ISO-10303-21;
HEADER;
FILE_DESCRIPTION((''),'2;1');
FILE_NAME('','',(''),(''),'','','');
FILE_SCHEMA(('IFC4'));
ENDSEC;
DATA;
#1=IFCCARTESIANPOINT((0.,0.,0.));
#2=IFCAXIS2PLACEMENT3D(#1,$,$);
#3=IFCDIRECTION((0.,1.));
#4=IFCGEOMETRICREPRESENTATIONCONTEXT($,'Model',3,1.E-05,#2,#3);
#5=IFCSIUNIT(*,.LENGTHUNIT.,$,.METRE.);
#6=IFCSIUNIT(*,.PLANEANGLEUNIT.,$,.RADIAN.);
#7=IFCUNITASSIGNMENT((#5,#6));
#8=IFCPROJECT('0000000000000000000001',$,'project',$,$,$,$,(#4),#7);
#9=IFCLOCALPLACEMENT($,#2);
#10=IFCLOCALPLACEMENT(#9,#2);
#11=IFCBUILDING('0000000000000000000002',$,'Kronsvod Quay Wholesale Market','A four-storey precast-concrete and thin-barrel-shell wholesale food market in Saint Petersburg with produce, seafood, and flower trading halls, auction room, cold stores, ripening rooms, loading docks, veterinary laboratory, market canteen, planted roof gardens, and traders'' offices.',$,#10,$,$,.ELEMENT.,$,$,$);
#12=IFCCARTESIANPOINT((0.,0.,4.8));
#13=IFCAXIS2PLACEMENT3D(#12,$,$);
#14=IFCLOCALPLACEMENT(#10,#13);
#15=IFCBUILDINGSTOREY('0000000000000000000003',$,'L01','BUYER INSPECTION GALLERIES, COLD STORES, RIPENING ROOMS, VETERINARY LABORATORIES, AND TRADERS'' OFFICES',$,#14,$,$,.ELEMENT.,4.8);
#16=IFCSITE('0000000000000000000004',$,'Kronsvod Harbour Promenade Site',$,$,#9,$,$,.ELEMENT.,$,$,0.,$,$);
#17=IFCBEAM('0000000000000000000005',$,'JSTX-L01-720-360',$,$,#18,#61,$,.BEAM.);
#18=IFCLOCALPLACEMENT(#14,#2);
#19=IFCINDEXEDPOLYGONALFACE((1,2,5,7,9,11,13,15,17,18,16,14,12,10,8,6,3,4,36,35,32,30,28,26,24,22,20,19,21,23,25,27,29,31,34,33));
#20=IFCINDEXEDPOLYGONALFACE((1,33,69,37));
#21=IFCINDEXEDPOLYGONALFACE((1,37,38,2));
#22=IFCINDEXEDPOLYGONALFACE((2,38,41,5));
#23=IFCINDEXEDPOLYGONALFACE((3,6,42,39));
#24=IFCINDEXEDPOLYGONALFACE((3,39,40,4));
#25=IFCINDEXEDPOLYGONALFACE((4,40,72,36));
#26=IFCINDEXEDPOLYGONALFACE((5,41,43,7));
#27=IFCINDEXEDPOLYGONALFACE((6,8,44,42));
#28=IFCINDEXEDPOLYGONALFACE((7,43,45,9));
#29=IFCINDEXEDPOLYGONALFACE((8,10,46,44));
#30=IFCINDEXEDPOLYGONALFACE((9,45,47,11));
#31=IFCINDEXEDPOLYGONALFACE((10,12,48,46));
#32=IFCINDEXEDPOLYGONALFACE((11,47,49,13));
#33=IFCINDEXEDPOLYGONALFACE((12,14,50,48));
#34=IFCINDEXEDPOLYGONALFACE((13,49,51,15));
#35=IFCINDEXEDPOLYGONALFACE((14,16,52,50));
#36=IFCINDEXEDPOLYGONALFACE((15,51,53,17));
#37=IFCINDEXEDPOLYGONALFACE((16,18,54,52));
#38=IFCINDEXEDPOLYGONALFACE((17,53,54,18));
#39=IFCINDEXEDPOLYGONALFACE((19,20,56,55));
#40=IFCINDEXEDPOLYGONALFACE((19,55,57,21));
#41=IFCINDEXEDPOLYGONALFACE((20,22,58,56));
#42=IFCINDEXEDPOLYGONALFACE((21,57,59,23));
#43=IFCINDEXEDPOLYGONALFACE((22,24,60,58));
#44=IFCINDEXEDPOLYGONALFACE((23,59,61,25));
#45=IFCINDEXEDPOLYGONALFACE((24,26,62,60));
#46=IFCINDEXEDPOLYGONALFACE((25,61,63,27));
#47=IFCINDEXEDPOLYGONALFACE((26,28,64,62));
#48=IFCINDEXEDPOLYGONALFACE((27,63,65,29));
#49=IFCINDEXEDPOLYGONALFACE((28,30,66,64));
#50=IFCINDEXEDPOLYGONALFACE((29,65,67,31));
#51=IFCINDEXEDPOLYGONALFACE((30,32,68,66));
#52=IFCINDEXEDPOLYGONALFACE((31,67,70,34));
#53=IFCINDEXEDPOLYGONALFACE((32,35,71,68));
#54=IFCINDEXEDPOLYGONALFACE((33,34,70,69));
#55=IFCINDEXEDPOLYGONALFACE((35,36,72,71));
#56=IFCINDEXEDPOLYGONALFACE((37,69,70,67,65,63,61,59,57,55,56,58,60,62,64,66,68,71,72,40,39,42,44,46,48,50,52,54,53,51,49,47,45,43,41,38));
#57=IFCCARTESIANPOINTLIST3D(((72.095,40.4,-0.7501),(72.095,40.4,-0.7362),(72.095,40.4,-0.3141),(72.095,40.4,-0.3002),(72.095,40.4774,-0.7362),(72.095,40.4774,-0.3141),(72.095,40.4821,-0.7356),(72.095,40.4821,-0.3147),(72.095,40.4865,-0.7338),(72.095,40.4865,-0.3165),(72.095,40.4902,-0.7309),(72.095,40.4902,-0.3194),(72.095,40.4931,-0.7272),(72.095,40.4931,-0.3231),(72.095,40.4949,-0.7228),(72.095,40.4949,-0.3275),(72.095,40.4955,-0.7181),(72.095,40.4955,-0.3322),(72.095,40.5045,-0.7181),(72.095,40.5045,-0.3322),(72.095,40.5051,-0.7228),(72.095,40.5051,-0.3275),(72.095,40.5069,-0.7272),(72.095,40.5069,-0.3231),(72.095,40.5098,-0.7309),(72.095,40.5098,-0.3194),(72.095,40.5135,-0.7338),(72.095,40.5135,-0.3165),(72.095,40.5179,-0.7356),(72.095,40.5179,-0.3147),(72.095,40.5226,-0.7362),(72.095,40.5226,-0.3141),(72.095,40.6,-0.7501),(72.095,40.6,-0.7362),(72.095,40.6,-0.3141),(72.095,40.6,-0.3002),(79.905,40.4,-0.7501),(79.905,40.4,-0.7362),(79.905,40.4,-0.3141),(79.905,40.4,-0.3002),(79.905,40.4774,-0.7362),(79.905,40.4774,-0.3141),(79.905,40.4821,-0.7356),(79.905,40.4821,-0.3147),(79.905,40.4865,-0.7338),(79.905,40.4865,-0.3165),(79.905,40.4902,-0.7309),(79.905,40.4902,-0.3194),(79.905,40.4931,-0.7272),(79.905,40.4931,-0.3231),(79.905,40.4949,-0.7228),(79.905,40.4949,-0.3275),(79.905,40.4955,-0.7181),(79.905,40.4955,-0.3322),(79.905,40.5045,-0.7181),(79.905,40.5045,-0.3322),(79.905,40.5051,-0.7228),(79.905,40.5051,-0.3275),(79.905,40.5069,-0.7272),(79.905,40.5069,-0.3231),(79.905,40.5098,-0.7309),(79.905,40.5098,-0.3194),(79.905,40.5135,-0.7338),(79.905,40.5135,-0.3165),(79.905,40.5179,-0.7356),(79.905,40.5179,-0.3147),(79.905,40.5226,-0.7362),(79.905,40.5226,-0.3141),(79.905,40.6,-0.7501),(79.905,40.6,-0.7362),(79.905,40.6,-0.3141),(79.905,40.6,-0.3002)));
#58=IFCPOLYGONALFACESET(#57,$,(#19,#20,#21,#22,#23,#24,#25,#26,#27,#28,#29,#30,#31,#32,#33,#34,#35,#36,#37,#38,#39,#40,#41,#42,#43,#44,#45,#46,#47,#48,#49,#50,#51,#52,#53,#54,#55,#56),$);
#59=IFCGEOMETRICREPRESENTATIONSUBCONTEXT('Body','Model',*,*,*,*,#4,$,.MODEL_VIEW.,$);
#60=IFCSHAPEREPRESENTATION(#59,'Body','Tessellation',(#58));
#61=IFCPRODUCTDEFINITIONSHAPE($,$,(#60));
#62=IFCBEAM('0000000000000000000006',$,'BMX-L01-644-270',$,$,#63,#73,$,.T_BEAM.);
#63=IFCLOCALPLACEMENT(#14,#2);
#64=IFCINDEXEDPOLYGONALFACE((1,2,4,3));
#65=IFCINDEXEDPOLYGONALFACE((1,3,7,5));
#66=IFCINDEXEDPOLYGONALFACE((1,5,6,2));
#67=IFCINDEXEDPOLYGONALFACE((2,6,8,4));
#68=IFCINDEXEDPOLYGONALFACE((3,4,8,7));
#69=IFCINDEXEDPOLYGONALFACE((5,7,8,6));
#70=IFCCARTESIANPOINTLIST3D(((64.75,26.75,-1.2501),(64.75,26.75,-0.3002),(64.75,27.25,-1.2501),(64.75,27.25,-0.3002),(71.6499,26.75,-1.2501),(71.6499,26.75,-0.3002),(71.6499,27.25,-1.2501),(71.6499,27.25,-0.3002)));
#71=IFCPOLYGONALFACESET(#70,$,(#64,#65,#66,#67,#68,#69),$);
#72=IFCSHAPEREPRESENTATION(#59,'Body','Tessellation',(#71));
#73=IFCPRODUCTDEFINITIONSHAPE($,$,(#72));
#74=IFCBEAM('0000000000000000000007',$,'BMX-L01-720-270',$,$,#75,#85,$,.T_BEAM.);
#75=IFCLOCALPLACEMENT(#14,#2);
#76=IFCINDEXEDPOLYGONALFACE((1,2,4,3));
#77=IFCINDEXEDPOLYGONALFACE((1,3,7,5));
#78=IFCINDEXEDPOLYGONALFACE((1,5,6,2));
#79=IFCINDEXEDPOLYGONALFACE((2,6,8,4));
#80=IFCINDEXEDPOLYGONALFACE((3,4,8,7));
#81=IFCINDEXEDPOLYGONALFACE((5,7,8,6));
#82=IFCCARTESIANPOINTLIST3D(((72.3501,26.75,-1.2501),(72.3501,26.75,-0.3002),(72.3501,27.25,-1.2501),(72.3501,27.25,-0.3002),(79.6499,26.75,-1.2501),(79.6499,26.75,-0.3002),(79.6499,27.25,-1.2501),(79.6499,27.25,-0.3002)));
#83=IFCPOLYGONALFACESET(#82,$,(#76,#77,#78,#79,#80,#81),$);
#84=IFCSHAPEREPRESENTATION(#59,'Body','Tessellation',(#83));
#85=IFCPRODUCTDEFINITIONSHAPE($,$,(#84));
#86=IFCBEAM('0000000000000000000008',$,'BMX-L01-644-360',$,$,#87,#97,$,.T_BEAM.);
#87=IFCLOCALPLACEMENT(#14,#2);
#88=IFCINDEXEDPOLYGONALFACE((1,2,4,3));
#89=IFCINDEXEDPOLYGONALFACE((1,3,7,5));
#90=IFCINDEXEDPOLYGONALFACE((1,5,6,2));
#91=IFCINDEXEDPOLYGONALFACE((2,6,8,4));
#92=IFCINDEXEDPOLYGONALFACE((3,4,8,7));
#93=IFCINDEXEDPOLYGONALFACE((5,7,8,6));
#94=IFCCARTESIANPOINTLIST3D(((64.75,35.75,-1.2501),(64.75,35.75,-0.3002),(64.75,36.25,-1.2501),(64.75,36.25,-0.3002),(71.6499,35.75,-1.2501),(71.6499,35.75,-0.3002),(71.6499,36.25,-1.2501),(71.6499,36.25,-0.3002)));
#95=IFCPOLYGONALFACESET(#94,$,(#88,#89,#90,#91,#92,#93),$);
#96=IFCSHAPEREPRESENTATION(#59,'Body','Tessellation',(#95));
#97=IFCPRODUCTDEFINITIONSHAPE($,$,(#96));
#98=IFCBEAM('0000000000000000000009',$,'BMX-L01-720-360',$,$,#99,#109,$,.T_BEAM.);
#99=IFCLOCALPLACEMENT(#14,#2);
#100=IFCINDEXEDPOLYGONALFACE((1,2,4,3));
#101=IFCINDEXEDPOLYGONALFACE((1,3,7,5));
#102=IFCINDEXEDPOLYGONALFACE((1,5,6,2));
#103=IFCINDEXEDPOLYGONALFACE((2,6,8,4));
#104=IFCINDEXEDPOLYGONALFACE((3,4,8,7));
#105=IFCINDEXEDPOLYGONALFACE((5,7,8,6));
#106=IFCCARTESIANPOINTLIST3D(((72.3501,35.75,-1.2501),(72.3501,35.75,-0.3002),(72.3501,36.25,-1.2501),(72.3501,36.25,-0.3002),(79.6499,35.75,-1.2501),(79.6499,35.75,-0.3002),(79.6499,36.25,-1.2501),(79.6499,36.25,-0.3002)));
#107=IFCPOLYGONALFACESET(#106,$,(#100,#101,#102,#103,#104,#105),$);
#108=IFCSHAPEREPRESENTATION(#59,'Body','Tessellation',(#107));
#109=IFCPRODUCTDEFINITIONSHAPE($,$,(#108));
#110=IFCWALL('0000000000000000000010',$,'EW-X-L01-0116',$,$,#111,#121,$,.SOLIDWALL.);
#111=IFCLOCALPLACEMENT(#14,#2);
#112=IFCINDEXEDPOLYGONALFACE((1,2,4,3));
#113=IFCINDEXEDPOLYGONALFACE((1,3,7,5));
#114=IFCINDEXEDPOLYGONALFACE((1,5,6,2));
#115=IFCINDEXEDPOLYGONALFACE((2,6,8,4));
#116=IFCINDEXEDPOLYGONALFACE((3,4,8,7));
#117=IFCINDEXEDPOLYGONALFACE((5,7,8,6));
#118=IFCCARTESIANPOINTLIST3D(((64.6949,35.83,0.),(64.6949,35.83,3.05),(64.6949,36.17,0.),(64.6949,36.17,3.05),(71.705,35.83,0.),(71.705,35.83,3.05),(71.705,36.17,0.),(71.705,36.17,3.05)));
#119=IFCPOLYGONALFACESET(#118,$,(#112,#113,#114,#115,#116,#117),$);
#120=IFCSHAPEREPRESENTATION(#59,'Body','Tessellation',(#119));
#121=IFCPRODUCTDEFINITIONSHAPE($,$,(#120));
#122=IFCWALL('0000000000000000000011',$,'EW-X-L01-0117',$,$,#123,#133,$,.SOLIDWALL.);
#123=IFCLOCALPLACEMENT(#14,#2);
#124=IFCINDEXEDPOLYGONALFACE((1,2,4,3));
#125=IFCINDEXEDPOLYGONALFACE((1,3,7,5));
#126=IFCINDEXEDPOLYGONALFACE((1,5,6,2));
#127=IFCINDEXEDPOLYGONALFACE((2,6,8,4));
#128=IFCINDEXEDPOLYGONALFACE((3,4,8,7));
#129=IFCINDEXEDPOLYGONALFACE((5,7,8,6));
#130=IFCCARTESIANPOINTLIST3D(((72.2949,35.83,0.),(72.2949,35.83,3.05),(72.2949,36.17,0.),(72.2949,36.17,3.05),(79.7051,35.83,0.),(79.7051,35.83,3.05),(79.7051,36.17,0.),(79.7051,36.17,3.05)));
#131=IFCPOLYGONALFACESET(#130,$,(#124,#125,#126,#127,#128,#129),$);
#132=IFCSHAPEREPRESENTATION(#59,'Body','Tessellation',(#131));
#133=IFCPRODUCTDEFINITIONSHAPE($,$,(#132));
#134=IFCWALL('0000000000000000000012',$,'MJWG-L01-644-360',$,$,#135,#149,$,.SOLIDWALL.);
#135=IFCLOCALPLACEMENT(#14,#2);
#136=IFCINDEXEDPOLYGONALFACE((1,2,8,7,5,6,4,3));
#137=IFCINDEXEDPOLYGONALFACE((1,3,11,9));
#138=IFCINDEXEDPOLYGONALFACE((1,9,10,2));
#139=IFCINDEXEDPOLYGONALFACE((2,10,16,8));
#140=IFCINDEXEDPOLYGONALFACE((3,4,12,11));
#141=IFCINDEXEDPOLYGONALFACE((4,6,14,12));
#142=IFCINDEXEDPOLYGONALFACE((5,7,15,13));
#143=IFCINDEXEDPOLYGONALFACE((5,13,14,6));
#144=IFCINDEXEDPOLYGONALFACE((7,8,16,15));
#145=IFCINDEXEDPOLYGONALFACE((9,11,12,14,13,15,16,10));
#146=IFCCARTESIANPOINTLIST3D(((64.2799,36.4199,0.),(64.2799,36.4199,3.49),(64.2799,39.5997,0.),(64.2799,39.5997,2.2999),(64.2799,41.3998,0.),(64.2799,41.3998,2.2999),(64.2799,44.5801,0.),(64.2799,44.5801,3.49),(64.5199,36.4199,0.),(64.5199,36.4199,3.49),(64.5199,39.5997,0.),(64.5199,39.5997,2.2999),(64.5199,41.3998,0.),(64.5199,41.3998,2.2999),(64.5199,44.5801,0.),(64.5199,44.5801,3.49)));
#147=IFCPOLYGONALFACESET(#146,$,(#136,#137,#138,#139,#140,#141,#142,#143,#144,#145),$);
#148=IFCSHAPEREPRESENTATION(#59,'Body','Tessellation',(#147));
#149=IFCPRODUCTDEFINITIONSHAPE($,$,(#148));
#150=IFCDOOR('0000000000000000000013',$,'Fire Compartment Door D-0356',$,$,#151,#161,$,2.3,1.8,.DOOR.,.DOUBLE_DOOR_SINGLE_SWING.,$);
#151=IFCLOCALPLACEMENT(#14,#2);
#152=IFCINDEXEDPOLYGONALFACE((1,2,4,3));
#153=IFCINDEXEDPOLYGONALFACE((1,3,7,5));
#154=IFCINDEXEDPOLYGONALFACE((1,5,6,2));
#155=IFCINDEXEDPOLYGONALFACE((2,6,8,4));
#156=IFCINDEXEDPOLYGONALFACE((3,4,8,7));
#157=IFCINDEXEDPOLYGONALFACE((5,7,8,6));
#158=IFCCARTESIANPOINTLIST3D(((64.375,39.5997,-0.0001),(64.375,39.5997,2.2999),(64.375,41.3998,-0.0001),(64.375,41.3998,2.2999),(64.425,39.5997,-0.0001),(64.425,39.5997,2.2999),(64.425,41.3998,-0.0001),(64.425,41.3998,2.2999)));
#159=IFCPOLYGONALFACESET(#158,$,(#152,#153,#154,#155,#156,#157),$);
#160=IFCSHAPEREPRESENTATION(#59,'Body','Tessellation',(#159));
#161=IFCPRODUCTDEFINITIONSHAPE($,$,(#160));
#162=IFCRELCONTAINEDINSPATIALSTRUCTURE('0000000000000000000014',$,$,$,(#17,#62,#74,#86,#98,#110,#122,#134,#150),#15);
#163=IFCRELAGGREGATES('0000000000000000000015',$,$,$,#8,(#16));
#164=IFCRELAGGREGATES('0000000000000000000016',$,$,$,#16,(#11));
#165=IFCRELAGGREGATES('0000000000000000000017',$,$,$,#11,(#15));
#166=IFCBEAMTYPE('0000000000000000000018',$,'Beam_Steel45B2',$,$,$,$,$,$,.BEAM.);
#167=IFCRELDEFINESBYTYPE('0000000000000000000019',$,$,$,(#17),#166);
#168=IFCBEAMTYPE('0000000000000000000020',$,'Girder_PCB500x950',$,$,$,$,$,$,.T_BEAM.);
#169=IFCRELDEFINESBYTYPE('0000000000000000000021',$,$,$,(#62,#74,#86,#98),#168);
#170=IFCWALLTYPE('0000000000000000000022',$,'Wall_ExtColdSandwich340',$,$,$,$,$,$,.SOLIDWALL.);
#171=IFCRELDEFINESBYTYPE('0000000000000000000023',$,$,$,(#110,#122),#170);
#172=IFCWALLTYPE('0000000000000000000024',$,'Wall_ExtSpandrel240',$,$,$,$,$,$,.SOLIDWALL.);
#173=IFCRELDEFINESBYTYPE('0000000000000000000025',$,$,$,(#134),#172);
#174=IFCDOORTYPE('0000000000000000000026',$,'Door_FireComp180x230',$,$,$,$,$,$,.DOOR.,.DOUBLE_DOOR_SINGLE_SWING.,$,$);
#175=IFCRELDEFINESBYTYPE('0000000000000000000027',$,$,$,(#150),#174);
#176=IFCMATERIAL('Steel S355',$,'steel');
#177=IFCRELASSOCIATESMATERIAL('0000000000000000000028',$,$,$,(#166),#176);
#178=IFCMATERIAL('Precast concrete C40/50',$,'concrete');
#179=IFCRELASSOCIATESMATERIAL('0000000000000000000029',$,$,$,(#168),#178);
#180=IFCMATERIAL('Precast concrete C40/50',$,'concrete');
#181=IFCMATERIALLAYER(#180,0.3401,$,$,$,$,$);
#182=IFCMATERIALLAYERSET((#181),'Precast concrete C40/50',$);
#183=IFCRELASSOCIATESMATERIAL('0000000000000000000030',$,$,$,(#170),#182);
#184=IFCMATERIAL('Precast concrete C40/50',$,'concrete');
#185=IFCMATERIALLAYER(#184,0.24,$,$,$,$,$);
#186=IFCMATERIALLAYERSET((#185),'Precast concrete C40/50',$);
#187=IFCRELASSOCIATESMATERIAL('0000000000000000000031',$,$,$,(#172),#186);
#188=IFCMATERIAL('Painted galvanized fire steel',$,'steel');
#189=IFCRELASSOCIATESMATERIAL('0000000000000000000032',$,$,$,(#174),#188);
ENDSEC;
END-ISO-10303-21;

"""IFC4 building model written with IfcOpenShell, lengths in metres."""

from ifc_helpers import new_model, si_unit, direction, frame, frame_2d, origin, origin_2d, place, context, subcontext, project, spatial, rectangle, i_section, extrude, material, layer, layer_set, material_profile, profile_set, type_object, element, fill, save


model = new_model("IFC4")

# Units and contexts
model_context = context("Model", 3, precision=1e-05, world=origin(), true_north=direction((0.0, 1.0)))
body_context = subcontext(model_context, "Body", "Model", "MODEL_VIEW")
ifc_project = project(units=[si_unit("LENGTHUNIT", "METRE"), si_unit("PLANEANGLEUNIT", "RADIAN")], contexts=[model_context])

# Site, building, storey
site_placement = place(None, origin())
site = spatial("IfcSite", under=ifc_project, at=site_placement, Name="Kronsvod Harbour Promenade Site", CompositionType="ELEMENT", RefElevation=0.0)
building_placement = place(site_placement, origin())
building = spatial("IfcBuilding", under=site, at=building_placement, Name="Kronsvod Quay Wholesale Market", Description="A four-storey precast-concrete and thin-barrel-shell wholesale food market in Saint Petersburg with produce, seafood, and flower trading halls, auction room, cold stores, ripening rooms, loading docks, veterinary laboratory, market canteen, planted roof gardens, and traders' offices.", CompositionType="ELEMENT")
storey_placement = place(building_placement, frame((0.0, 0.0, 4.8)))
storey = spatial("IfcBuildingStorey", under=building, at=storey_placement, Name="L01", Description="BUYER INSPECTION GALLERIES, COLD STORES, RIPENING ROOMS, VETERINARY LABORATORIES, AND TRADERS' OFFICES", CompositionType="ELEMENT", Elevation=4.8)

# Beams
ifc_material_1 = material(Name="Steel S355", Category="steel")
ifc_material_profile_1 = material_profile(ifc_material_1, i_section(OverallWidth=0.2, OverallDepth=0.45, WebThickness=0.009, FlangeThickness=0.0139, FilletRadius=0.0181, at=origin_2d()), Name="45B2")
ifc_profile_set_1 = profile_set([ifc_material_profile_1], Name="Steel S355")
beam_type_1 = type_object("IfcBeamType", Name="Beam_Steel45B2", PredefinedType="BEAM", material=ifc_profile_set_1)
beam_1_placement = place(storey_placement, frame((72.095, 40.5, -0.5251), z_axis=(1.0, 0.0, 0.0), x_axis=(0.0, 1.0, 0.0)))
element("IfcBeam", 1, at=beam_1_placement, inside=storey, type_object=beam_type_1, Name="JSTX-L01-720-360", PredefinedType="BEAM", context=body_context, shape_type="SweptSolid", body=[
    extrude(i_section(OverallWidth=0.2, OverallDepth=0.45, WebThickness=0.009, FlangeThickness=0.0139, FilletRadius=0.0181, at=origin_2d()), origin(), (0.0, 0.0, 1.0), 7.8101),
])
ifc_material_2 = material(Name="Precast concrete C40/50", Category="concrete")
ifc_material_profile_2 = material_profile(ifc_material_2, rectangle(XDim=0.5, YDim=0.95, at=origin_2d()), Name="PCB500x950")
ifc_profile_set_2 = profile_set([ifc_material_profile_2], Name="Precast concrete C40/50")
beam_type_2 = type_object("IfcBeamType", Name="Girder_PCB500x950", PredefinedType="T_BEAM", material=ifc_profile_set_2)
beam_2_placement = place(storey_placement, frame((64.75, 27.0, -0.7751), z_axis=(1.0, 0.0, 0.0), x_axis=(0.0, 1.0, 0.0)))
element("IfcBeam", 2, at=beam_2_placement, inside=storey, type_object=beam_type_2, Name="BMX-L01-644-270", PredefinedType="T_BEAM", context=body_context, shape_type="SweptSolid", body=[
    extrude(rectangle(XDim=0.5, YDim=0.95, at=origin_2d()), origin(), (0.0, 0.0, 1.0), 6.8999),
])
beam_3_placement = place(storey_placement, frame((72.3501, 27.0, -0.7751), z_axis=(1.0, 0.0, 0.0), x_axis=(0.0, 1.0, 0.0)))
element("IfcBeam", 3, at=beam_3_placement, inside=storey, type_object=beam_type_2, Name="BMX-L01-720-270", PredefinedType="T_BEAM", context=body_context, shape_type="SweptSolid", body=[
    extrude(rectangle(XDim=0.5, YDim=0.95, at=origin_2d()), origin(), (0.0, 0.0, 1.0), 7.2998),
])
beam_4_placement = place(storey_placement, frame((64.75, 36.0, -0.7751), z_axis=(1.0, 0.0, 0.0), x_axis=(0.0, 1.0, 0.0)))
element("IfcBeam", 4, at=beam_4_placement, inside=storey, type_object=beam_type_2, Name="BMX-L01-644-360", PredefinedType="T_BEAM", context=body_context, shape_type="SweptSolid", body=[
    extrude(rectangle(XDim=0.5, YDim=0.95, at=origin_2d()), origin(), (0.0, 0.0, 1.0), 6.8999),
])
beam_5_placement = place(storey_placement, frame((72.3501, 36.0, -0.7751), z_axis=(1.0, 0.0, 0.0), x_axis=(0.0, 1.0, 0.0)))
element("IfcBeam", 5, at=beam_5_placement, inside=storey, type_object=beam_type_2, Name="BMX-L01-720-360", PredefinedType="T_BEAM", context=body_context, shape_type="SweptSolid", body=[
    extrude(rectangle(XDim=0.5, YDim=0.95, at=origin_2d()), origin(), (0.0, 0.0, 1.0), 7.2998),
])

# Walls
ifc_material_3 = material(Name="Precast concrete C40/50", Category="concrete")
ifc_layer_1 = layer(ifc_material_3, 0.3401)
ifc_layer_set_1 = layer_set([ifc_layer_1], Name="Precast concrete C40/50")
wall_type_1 = type_object("IfcWallType", Name="Wall_ExtColdSandwich340", PredefinedType="SOLIDWALL", material=ifc_layer_set_1)
wall_1_placement = place(storey_placement, frame((64.6951, 36.0, 0.0), z_axis=(0.0, 0.0, 1.0), x_axis=(1.0, 0.0, 0.0)))
element("IfcWall", 6, at=wall_1_placement, inside=storey, type_object=wall_type_1, Name="EW-X-L01-0116", PredefinedType="SOLIDWALL", context=body_context, shape_type="SweptSolid", body=[
    extrude(rectangle(XDim=7.01, YDim=0.3401, at=frame_2d((3.5049, 0.0))), origin(), (0.0, 0.0, 1.0), 3.05),
])
wall_2_placement = place(storey_placement, frame((72.2949, 36.0, 0.0), z_axis=(0.0, 0.0, 1.0), x_axis=(1.0, 0.0, 0.0)))
element("IfcWall", 7, at=wall_2_placement, inside=storey, type_object=wall_type_1, Name="EW-X-L01-0117", PredefinedType="SOLIDWALL", context=body_context, shape_type="SweptSolid", body=[
    extrude(rectangle(XDim=7.4102, YDim=0.3401, at=frame_2d((3.7051, 0.0))), origin(), (0.0, 0.0, 1.0), 3.05),
])

# Wall, opening, door
ifc_material_4 = material(Name="Precast concrete C40/50", Category="concrete")
ifc_layer_2 = layer(ifc_material_4, 0.24)
ifc_layer_set_2 = layer_set([ifc_layer_2], Name="Precast concrete C40/50")
wall_type_2 = type_object("IfcWallType", Name="Wall_ExtSpandrel240", PredefinedType="SOLIDWALL", material=ifc_layer_set_2)
wall_3_placement = place(storey_placement, frame((64.3999, 36.4199, 0.0), z_axis=(0.0, 0.0, 1.0), x_axis=(0.0, 1.0, 0.0)))
wall_3 = element("IfcWall", 8, at=wall_3_placement, inside=storey, type_object=wall_type_2, Name="MJWG-L01-644-360", PredefinedType="SOLIDWALL", context=body_context, shape_type="SweptSolid", body=[
    extrude(rectangle(XDim=8.1602, YDim=0.24, at=frame_2d((4.0801, 0.0))), origin(), (0.0, 0.0, 1.0), 3.49),
])
opening_placement = place(wall_3_placement, frame((3.1799, 0.0, 0.0)))
opening = element("IfcOpeningElement", 9, at=opening_placement, cuts=wall_3, PredefinedType="OPENING", context=body_context, shape_type="SweptSolid", body=[
    extrude(rectangle(XDim=1.8, YDim=2.3, at=frame_2d((0.8999, 1.1499))), frame((0.0, 0.1299, 0.0), z_axis=(0.0, -1.0, 0.0), x_axis=(1.0, 0.0, 0.0)), (0.0, 0.0, 1.0), 0.26),
])
ifc_material_5 = material(Name="Painted galvanized fire steel", Category="steel")
door_type = type_object("IfcDoorType", Name="Door_FireComp180x230", OperationType="DOUBLE_DOOR_SINGLE_SWING", PredefinedType="DOOR", material=ifc_material_5)
door_placement = place(opening_placement, origin())
door = element("IfcDoor", 10, at=door_placement, inside=storey, type_object=door_type, Name="Fire Compartment Door D-0356", OperationType="DOUBLE_DOOR_SINGLE_SWING", OverallHeight=2.3, OverallWidth=1.8, PredefinedType="DOOR", context=body_context, shape_type="SweptSolid", body=[
    extrude(rectangle(XDim=1.8, YDim=2.3, at=frame_2d((0.8999, 1.1499))), frame((0.0, 0.0249, 0.0), z_axis=(0.0, -1.0, 0.0), x_axis=(1.0, 0.0, 0.0)), (0.0, 0.0, 1.0), 0.05),
])
fill(opening, door)

save(model, "model.ifc")
